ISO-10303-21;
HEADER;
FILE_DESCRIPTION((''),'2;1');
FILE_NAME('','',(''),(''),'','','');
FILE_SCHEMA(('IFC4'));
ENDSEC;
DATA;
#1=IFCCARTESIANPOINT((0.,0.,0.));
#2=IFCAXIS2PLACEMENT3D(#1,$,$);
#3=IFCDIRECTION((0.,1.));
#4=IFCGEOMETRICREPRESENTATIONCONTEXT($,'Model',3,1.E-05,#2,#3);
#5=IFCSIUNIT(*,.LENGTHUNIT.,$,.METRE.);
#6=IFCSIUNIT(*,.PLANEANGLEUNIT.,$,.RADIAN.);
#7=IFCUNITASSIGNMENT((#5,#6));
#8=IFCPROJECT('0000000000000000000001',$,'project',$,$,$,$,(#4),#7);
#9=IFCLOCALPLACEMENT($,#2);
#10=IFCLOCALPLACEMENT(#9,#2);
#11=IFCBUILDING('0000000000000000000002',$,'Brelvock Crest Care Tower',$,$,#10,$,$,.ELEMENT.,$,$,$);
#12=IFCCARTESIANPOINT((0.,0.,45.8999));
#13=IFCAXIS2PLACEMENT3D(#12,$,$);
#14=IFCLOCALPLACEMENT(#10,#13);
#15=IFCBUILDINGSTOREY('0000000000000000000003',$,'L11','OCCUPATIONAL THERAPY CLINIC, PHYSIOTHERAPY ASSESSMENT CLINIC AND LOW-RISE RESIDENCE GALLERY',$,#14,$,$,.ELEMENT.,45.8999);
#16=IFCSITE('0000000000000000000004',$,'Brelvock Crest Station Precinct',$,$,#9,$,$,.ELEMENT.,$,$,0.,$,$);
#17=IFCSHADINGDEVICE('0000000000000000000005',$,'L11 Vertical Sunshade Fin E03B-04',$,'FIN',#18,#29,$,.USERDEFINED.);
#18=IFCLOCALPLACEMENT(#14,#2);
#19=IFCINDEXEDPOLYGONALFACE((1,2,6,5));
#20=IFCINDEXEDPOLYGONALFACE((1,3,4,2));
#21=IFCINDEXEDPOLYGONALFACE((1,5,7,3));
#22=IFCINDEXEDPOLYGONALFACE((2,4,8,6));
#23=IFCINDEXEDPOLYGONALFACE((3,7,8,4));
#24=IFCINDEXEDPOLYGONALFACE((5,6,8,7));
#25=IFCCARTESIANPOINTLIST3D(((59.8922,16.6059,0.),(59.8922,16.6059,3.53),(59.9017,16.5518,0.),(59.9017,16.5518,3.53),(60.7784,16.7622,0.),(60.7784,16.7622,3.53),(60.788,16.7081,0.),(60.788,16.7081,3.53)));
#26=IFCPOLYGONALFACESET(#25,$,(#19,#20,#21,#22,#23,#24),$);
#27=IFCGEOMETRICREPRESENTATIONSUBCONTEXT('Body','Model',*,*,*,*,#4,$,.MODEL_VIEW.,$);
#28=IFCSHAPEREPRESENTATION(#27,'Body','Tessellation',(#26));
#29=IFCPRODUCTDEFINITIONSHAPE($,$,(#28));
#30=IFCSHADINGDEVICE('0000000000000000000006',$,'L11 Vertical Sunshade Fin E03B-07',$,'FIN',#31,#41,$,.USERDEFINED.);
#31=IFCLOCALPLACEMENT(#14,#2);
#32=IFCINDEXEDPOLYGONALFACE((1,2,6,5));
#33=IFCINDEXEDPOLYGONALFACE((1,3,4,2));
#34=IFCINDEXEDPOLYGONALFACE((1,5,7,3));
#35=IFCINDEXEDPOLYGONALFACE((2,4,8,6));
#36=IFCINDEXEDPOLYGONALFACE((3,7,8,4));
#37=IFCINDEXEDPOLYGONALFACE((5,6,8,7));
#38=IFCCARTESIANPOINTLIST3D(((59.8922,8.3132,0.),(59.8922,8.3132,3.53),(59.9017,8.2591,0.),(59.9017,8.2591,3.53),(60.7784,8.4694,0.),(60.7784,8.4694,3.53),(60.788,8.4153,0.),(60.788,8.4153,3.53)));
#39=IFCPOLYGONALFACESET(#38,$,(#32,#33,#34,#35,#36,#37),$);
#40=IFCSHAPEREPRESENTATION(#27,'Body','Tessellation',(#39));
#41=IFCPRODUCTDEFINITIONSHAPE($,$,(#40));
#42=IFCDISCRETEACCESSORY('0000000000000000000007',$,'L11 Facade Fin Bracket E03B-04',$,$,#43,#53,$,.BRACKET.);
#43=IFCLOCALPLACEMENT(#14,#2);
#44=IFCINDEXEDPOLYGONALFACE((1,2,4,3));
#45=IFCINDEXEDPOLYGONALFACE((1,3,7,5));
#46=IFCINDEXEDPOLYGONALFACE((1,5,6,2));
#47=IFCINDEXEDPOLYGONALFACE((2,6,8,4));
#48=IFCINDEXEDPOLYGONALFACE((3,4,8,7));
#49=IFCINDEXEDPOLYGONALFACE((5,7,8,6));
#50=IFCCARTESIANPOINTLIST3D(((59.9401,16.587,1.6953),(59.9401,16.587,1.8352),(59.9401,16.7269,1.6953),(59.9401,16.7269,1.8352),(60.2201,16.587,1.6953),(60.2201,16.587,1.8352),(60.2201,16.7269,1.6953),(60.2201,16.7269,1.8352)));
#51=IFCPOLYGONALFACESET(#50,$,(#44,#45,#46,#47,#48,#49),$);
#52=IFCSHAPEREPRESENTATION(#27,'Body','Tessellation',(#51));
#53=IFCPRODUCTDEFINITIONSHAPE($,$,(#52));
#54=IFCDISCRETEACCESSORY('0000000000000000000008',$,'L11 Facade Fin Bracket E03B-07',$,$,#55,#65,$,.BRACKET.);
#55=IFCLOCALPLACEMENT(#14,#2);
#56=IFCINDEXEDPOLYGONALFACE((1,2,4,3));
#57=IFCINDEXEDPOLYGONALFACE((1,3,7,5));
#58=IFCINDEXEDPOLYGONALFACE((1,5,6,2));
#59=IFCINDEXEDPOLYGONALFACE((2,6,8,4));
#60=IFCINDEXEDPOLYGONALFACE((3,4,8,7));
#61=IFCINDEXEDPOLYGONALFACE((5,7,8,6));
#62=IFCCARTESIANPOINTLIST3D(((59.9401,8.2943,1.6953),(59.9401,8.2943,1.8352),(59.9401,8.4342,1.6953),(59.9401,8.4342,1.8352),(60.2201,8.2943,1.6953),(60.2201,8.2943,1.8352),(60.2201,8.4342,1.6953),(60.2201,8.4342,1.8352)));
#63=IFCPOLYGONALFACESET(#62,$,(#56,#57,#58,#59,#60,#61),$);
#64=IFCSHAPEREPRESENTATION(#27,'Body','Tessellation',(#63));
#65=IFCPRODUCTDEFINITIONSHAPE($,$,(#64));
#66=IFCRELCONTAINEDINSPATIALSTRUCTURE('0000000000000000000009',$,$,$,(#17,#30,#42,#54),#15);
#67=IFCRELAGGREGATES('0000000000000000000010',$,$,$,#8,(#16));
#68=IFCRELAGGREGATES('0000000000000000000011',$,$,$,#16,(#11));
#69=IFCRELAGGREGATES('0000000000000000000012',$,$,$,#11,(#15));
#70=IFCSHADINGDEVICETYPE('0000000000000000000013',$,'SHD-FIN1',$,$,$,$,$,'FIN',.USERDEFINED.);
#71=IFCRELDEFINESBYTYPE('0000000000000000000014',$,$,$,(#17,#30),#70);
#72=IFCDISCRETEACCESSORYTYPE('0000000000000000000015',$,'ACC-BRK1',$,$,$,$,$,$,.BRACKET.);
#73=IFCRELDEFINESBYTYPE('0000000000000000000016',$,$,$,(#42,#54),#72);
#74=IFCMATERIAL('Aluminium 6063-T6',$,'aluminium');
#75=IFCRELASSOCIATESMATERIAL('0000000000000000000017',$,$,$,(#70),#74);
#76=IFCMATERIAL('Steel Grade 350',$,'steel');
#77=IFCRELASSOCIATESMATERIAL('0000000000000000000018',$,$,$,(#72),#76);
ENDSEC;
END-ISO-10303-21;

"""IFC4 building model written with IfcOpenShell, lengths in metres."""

from ifc_helpers import new_model, si_unit, direction, frame, origin, origin_2d, place, context, subcontext, project, spatial, rectangle, extrude, source, transform, mapped, material, material_profile, profile_set, type_object, element, save


model = new_model("IFC4")

# Units and contexts
model_context = context("Model", 3, precision=1e-05, world=origin(), true_north=direction((0.0, 1.0)))
body_context = subcontext(model_context, "Body", "Model", "MODEL_VIEW")
ifc_project = project(units=[si_unit("LENGTHUNIT", "METRE"), si_unit("PLANEANGLEUNIT", "RADIAN")], contexts=[model_context])

# Site, building, storey
site_placement = place(None, origin())
site = spatial("IfcSite", under=ifc_project, at=site_placement, Name="Brelvock Crest Station Precinct", CompositionType="ELEMENT", RefElevation=0.0)
building_placement = place(site_placement, origin())
building = spatial("IfcBuilding", under=site, at=building_placement, Name="Brelvock Crest Care Tower", CompositionType="ELEMENT")
storey_placement = place(building_placement, frame((0.0, 0.0, 45.8999)))
storey = spatial("IfcBuildingStorey", under=building, at=storey_placement, Name="L11", Description="OCCUPATIONAL THERAPY CLINIC, PHYSIOTHERAPY ASSESSMENT CLINIC AND LOW-RISE RESIDENCE GALLERY", CompositionType="ELEMENT", Elevation=45.8999)

# Shared definitions
ifc_material_1 = material(Name="Aluminium 6063-T6", Category="aluminium")

# Shading devices
ifc_material_profile_1 = material_profile(ifc_material_1, rectangle(XDim=0.0549, YDim=0.8999, at=origin_2d()), Name="FIN55x900")
ifc_profile_set_1 = profile_set([ifc_material_profile_1], Name="Aluminium 6063-T6")
shading_device_type = type_object("IfcShadingDeviceType", Name="SHD-FIN1", ElementType="FIN", PredefinedType="USERDEFINED", material=ifc_profile_set_1)
shared_shape_1 = source(origin(), body_context, "Body", "SweptSolid", [
    extrude(rectangle(XDim=0.0549, YDim=0.8999, at=origin_2d()), origin(), (0.0, 0.0, 1.0), 3.53),
])
for number, where, z_axis, x_axis, name in (
    (1, (60.3401, 16.657, 0.0), (0.0, 0.0, 1.0), (0.173648, -0.984808, 0.0), "L11 Vertical Sunshade Fin E03B-04"),
    (2, (60.3401, 8.3643, 0.0), (0.0, 0.0, 1.0), (0.173648, -0.984808, 0.0), "L11 Vertical Sunshade Fin E03B-07"),
):
    element("IfcShadingDevice", number, at=place(storey_placement, frame(where, z_axis=z_axis, x_axis=x_axis)), inside=storey, type_object=shading_device_type, Name=name, ObjectType="FIN", PredefinedType="USERDEFINED", context=body_context, shape_type="MappedRepresentation", body=[
        mapped(shared_shape_1, transform((0.0, 0.0, 0.0), x_axis=(1.0, 0.0, 0.0), y_axis=(0.0, 1.0, 0.0), z_axis=(0.0, 0.0, 1.0), scale=1.0)),
    ])

# Discrete accessories
ifc_material_2 = material(Name="Steel Grade 350", Category="steel")
discrete_accessory_type = type_object("IfcDiscreteAccessoryType", Name="ACC-BRK1", PredefinedType="BRACKET", material=ifc_material_2)
shared_shape_2 = source(origin(), body_context, "Body", "SweptSolid", [
    extrude(rectangle(XDim=0.28, YDim=0.1399, at=origin_2d()), origin(), (0.0, 0.0, 1.0), 0.1399),
])
for number, where, z_axis, x_axis, name in (
    (3, (60.0801, 16.657, 1.6953), (0.0, 0.0, 1.0), (1.0, 0.0, 0.0), "L11 Facade Fin Bracket E03B-04"),
    (4, (60.0801, 8.3643, 1.6953), (0.0, 0.0, 1.0), (1.0, 0.0, 0.0), "L11 Facade Fin Bracket E03B-07"),
):
    element("IfcDiscreteAccessory", number, at=place(storey_placement, frame(where, z_axis=z_axis, x_axis=x_axis)), inside=storey, type_object=discrete_accessory_type, Name=name, PredefinedType="BRACKET", context=body_context, shape_type="MappedRepresentation", body=[
        mapped(shared_shape_2, transform((0.0, 0.0, 0.0), x_axis=(1.0, 0.0, 0.0), y_axis=(0.0, 1.0, 0.0), z_axis=(0.0, 0.0, 1.0), scale=1.0)),
    ])

save(model, "model.ifc")
